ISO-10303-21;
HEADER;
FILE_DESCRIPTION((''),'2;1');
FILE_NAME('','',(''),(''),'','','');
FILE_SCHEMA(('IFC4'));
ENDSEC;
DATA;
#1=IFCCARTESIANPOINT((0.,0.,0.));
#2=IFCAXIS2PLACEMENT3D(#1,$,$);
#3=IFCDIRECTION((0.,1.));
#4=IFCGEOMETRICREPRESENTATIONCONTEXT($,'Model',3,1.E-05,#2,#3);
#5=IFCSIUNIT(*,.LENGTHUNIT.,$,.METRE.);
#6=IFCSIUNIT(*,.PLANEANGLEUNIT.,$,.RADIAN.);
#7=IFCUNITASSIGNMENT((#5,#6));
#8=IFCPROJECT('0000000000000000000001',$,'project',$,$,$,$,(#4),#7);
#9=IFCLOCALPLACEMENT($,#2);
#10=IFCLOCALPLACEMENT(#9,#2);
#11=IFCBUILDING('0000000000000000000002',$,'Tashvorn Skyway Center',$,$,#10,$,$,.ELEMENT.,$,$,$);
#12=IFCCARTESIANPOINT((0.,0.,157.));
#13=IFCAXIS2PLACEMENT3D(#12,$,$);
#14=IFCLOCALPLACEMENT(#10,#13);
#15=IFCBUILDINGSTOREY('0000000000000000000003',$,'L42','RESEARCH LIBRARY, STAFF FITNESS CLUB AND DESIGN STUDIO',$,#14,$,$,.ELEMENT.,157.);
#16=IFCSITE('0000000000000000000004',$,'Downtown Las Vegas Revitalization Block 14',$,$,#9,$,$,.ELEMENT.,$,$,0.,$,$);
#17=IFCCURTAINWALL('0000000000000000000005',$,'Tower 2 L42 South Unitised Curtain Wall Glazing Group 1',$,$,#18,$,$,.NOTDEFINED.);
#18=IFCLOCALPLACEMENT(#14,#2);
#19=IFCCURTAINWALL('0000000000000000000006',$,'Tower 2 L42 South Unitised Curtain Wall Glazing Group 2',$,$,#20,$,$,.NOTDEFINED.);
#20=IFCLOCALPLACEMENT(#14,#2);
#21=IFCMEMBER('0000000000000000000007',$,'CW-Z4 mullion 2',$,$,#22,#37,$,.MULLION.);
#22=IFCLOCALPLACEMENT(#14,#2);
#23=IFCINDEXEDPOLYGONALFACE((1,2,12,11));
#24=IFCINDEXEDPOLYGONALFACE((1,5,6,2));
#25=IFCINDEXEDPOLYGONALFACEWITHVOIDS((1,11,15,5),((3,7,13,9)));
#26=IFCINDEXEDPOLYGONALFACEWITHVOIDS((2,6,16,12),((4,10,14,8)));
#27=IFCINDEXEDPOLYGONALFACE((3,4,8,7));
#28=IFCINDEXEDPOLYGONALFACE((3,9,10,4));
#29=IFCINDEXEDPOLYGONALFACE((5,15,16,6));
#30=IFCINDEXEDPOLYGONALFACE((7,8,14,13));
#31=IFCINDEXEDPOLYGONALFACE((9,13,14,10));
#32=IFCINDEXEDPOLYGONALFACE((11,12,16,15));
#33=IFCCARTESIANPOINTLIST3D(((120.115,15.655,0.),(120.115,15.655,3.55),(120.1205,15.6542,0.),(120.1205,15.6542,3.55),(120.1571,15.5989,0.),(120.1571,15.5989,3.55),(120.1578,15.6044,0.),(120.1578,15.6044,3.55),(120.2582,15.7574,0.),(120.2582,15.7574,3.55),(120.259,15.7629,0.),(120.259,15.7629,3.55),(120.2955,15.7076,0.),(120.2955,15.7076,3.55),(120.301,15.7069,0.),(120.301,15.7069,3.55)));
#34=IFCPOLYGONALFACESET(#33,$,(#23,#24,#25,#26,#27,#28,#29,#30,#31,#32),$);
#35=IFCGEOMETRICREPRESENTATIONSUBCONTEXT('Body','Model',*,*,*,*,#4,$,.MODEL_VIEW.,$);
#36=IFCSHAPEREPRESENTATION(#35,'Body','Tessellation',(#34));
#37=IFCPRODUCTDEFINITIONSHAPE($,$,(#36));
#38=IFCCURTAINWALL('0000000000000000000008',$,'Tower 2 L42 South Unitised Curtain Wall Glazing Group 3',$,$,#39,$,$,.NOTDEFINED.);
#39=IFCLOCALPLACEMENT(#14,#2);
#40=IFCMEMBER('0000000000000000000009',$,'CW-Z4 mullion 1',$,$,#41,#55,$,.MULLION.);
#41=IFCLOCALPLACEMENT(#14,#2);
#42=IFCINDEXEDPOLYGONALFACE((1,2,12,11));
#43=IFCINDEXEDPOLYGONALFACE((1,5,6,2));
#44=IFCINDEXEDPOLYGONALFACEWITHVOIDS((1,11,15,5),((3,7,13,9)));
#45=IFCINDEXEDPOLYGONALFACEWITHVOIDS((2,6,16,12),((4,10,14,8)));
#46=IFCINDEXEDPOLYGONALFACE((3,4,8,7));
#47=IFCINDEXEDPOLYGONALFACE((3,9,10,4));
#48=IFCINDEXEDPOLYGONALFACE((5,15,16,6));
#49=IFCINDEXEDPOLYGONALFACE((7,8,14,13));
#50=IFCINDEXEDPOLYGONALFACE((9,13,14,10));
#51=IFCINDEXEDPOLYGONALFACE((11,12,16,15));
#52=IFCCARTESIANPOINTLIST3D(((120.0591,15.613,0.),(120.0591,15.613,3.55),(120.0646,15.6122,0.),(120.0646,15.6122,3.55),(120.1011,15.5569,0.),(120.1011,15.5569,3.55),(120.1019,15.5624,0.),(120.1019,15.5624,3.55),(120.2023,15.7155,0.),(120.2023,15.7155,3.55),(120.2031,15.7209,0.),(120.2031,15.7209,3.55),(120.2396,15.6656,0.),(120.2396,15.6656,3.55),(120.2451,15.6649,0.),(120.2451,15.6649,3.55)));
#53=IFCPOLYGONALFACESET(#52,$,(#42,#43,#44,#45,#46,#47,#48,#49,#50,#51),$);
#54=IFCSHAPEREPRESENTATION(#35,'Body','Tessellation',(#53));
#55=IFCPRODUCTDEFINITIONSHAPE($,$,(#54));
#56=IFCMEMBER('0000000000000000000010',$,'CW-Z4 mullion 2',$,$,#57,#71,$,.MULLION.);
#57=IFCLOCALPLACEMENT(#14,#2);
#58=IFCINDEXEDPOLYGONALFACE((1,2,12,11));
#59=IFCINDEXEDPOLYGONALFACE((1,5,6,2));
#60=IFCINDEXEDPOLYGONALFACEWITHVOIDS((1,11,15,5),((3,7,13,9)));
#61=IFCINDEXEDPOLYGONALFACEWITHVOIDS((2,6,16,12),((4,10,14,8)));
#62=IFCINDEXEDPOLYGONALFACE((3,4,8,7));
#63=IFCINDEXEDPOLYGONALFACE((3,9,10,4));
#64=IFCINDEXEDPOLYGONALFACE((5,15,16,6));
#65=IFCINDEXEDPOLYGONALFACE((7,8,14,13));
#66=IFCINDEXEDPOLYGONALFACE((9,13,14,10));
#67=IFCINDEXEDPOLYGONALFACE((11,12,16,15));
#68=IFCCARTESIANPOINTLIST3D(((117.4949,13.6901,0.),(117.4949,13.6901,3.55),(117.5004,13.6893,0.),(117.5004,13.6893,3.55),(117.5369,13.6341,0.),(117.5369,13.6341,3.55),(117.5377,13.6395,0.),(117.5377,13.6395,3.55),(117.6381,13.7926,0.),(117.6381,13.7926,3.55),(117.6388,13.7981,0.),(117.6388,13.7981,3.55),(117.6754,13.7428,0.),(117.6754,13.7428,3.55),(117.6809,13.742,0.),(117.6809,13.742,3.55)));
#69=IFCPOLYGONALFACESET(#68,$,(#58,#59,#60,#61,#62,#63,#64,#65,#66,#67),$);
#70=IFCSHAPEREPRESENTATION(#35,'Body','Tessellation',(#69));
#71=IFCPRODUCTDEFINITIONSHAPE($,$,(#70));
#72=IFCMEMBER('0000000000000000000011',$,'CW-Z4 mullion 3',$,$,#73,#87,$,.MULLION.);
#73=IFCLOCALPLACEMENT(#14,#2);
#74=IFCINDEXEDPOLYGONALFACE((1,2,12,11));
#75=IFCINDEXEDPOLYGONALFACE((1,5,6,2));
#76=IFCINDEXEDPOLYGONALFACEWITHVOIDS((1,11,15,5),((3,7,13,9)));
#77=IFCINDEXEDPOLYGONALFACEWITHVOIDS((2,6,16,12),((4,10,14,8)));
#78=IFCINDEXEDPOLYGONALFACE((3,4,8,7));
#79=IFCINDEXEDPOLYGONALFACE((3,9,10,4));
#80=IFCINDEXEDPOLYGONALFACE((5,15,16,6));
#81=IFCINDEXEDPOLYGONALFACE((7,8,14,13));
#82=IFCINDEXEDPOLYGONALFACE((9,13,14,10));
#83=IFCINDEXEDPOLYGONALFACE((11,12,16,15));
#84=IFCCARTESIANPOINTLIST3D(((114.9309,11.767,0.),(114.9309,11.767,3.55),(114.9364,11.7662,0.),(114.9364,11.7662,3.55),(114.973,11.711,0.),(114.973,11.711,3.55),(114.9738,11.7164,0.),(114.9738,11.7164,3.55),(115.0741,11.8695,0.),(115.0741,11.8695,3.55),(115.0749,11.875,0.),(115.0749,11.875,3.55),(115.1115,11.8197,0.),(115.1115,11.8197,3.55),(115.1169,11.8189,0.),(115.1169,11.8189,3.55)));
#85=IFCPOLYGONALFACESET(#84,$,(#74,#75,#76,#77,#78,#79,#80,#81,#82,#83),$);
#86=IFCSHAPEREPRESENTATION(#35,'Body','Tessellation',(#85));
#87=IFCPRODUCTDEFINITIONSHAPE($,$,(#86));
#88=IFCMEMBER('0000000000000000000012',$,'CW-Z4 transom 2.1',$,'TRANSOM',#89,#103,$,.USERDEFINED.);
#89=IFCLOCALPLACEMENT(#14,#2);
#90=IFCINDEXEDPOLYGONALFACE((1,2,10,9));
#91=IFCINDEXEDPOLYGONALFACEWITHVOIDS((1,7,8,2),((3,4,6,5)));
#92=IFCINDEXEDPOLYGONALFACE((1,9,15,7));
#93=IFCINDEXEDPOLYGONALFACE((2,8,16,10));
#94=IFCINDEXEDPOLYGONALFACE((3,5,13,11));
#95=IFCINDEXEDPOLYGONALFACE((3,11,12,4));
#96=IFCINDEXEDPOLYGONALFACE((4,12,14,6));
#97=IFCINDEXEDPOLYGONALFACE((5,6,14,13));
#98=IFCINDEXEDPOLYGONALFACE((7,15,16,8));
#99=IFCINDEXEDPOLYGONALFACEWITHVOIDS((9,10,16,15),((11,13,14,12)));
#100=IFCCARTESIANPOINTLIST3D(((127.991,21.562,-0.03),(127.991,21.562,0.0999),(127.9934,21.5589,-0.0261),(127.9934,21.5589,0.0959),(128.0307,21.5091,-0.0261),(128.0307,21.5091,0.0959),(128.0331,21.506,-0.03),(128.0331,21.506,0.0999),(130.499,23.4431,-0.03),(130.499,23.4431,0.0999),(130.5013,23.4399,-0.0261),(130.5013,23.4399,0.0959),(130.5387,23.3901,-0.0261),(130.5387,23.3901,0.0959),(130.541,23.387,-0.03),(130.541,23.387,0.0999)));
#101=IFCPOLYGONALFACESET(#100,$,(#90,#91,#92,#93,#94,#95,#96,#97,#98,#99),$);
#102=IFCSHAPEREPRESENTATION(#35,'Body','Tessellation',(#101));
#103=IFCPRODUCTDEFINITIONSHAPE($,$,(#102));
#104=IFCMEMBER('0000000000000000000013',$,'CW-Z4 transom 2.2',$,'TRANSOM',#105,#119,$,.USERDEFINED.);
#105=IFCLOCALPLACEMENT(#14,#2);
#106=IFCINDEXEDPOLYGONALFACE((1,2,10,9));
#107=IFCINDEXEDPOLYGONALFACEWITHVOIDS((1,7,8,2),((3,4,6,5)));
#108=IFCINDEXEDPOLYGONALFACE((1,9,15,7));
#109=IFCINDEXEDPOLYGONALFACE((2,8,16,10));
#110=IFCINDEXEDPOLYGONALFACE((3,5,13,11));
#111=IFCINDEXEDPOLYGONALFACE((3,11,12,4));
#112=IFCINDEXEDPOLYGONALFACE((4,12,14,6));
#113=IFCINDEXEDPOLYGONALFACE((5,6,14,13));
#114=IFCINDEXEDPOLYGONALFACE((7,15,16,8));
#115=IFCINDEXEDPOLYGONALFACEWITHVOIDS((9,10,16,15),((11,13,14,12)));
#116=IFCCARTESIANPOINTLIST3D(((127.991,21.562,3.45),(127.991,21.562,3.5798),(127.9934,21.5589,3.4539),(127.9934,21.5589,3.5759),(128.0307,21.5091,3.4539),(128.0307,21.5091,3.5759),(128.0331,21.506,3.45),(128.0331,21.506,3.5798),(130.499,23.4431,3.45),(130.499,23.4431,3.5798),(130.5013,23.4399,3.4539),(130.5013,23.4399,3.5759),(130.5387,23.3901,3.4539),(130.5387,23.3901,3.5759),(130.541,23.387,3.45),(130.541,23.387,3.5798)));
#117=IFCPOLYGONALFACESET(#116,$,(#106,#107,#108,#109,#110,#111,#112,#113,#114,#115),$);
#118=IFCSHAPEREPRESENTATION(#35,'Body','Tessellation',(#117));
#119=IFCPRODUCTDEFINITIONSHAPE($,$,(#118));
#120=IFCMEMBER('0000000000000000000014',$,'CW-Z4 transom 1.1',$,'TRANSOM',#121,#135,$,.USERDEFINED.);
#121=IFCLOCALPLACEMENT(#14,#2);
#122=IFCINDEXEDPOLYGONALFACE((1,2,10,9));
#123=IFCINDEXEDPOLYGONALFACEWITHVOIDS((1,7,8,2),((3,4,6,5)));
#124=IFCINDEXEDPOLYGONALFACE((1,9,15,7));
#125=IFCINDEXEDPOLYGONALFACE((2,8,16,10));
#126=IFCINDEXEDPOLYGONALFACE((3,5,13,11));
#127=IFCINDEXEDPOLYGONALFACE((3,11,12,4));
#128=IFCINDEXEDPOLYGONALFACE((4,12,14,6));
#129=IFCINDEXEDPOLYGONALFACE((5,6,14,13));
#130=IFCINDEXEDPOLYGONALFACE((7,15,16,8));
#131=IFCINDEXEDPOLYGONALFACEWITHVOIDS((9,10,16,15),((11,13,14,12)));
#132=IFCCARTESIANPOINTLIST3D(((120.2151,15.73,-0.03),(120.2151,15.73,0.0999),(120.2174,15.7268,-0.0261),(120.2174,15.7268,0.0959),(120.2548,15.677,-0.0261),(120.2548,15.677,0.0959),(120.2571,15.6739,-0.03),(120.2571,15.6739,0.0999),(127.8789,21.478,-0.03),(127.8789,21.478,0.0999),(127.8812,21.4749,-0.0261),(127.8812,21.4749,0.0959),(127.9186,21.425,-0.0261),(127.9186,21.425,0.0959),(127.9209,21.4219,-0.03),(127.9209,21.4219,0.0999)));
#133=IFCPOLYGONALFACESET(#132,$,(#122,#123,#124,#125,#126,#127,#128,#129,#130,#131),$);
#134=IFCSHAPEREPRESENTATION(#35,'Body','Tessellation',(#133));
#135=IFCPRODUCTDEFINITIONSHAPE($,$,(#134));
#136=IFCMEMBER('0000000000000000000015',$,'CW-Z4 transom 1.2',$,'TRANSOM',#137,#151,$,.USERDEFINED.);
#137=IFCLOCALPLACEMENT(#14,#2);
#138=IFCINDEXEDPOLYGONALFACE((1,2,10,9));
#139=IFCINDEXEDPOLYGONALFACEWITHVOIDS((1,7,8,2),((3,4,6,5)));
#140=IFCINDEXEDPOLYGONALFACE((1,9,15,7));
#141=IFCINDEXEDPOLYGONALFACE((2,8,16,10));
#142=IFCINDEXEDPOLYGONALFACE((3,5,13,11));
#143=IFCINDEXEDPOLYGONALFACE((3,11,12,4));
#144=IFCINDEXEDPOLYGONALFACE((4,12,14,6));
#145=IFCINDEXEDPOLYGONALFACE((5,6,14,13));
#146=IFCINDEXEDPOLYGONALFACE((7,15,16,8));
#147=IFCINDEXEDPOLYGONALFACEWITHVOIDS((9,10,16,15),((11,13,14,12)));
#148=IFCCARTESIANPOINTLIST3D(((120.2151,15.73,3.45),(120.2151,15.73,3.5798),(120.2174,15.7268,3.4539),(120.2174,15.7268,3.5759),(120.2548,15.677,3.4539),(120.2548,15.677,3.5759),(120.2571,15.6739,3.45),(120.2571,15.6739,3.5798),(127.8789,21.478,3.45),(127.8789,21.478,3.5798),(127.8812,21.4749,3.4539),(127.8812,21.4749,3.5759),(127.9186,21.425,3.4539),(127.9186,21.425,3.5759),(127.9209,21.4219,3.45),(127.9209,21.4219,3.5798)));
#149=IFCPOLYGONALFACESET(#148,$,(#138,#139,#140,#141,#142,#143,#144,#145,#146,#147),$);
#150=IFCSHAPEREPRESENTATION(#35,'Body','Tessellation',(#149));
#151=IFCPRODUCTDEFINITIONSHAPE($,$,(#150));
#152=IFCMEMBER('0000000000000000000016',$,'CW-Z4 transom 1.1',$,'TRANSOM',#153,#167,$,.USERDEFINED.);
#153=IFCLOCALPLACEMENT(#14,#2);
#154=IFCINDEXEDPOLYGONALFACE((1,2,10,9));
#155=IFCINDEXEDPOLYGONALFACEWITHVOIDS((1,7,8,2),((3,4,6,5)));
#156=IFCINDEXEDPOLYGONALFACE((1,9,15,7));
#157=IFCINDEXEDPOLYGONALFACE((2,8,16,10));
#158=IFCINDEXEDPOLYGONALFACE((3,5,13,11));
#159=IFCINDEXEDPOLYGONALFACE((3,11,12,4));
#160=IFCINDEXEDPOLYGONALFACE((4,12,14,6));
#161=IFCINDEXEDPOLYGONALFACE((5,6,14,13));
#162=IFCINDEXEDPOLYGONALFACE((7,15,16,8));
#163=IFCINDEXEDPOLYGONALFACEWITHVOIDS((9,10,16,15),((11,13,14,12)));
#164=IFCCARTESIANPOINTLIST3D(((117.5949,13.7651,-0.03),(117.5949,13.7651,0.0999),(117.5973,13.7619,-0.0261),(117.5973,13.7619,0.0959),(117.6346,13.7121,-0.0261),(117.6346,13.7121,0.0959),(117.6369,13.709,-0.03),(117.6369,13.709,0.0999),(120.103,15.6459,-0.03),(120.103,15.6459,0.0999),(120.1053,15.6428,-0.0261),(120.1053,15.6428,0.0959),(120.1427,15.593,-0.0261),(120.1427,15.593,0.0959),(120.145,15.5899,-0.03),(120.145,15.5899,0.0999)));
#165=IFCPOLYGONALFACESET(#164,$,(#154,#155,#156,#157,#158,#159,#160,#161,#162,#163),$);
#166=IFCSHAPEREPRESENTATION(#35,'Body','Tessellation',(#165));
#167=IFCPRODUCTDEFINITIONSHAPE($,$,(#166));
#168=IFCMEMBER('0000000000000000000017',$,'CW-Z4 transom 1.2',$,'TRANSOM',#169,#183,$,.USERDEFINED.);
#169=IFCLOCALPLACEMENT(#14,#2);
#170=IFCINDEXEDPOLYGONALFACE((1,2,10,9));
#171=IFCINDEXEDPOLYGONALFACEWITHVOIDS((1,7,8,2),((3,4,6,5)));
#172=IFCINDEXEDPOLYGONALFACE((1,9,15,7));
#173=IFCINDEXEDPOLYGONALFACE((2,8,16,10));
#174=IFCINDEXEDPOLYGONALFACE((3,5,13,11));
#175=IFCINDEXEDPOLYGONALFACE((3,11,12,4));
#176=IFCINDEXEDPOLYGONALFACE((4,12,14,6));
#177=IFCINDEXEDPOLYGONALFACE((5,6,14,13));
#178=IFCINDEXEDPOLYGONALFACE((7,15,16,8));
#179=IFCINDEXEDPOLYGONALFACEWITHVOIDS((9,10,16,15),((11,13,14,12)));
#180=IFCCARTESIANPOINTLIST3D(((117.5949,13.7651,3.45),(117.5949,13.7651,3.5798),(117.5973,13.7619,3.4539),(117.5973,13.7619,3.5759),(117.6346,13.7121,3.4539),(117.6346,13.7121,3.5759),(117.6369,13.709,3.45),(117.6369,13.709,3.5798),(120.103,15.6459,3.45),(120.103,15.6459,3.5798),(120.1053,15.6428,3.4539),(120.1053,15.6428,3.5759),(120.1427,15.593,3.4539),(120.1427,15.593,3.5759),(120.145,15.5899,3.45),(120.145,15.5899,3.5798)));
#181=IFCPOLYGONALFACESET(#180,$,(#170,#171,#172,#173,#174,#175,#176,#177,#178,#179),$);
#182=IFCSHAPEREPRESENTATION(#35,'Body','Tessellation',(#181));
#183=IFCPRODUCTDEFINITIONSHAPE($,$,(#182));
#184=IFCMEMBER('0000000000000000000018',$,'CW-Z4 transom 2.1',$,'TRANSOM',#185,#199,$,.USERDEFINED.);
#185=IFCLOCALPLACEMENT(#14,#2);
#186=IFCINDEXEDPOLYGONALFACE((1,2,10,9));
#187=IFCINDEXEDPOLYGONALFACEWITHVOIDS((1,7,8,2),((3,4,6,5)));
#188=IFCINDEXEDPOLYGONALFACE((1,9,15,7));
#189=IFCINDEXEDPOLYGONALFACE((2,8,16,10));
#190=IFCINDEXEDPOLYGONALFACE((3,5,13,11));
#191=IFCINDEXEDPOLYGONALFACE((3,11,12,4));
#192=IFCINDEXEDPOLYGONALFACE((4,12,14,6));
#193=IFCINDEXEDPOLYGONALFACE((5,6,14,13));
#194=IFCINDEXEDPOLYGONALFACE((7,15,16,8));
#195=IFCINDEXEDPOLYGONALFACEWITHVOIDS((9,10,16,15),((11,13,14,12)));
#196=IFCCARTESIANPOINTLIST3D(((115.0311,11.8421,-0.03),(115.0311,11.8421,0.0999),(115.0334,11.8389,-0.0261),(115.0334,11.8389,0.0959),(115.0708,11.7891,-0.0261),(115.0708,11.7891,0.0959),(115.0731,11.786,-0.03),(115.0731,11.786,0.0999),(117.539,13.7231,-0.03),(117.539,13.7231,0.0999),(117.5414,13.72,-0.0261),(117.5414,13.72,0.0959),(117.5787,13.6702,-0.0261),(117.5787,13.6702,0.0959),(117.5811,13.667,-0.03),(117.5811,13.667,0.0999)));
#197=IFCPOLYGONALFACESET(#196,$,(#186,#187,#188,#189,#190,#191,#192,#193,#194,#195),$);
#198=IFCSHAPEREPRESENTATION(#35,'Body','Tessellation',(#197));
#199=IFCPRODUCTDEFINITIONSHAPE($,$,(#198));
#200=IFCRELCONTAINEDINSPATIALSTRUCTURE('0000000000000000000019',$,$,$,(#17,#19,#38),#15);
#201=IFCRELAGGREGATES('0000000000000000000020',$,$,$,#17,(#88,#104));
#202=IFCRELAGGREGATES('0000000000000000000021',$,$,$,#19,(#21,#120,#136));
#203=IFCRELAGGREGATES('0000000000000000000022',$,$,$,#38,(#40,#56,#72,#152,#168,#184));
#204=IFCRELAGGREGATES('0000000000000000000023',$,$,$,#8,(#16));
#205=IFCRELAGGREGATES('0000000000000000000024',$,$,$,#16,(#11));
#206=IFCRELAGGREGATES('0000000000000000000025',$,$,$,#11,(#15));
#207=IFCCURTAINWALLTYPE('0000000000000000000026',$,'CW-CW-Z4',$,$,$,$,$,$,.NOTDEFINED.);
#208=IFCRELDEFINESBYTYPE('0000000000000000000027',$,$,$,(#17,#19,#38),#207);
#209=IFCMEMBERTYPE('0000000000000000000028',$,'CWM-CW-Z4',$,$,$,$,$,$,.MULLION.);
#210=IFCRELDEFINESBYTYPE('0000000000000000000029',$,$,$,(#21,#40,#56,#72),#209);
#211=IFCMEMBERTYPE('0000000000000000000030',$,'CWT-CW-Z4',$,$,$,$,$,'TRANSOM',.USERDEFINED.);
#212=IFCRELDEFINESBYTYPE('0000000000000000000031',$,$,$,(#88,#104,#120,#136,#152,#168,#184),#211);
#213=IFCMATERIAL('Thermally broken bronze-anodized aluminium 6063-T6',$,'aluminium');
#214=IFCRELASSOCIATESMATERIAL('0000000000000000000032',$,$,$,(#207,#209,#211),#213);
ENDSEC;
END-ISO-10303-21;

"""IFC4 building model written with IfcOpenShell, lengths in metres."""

from ifc_helpers import new_model, si_unit, direction, frame, origin, origin_2d, place, context, subcontext, project, spatial, hollow_rectangle, extrude, material, material_profile, profile_set, type_object, element, aggregate, save


model = new_model("IFC4")

# Units and contexts
model_context = context("Model", 3, precision=1e-05, world=origin(), true_north=direction((0.0, 1.0)))
body_context = subcontext(model_context, "Body", "Model", "MODEL_VIEW")
ifc_project = project(units=[si_unit("LENGTHUNIT", "METRE"), si_unit("PLANEANGLEUNIT", "RADIAN")], contexts=[model_context])

# Site, building, storey
site_placement = place(None, origin())
site = spatial("IfcSite", under=ifc_project, at=site_placement, Name="Downtown Las Vegas Revitalization Block 14", CompositionType="ELEMENT", RefElevation=0.0)
building_placement = place(site_placement, origin())
building = spatial("IfcBuilding", under=site, at=building_placement, Name="Tashvorn Skyway Center", CompositionType="ELEMENT")
storey_placement = place(building_placement, frame((0.0, 0.0, 157.0)))
storey = spatial("IfcBuildingStorey", under=building, at=storey_placement, Name="L42", Description="RESEARCH LIBRARY, STAFF FITNESS CLUB AND DESIGN STUDIO", CompositionType="ELEMENT", Elevation=157.0)

# Curtain walls, members
ifc_material_1 = material(Name="Thermally broken bronze-anodized aluminium 6063-T6", Category="aluminium")
curtain_wall_type = type_object("IfcCurtainWallType", Name="CW-CW-Z4", PredefinedType="NOTDEFINED", material=ifc_material_1)
curtain_wall_1_placement = place(storey_placement, origin())
curtain_wall_1 = element("IfcCurtainWall", 1, at=curtain_wall_1_placement, inside=storey, type_object=curtain_wall_type, Name="Tower 2 L42 South Unitised Curtain Wall Glazing Group 1", PredefinedType="NOTDEFINED")
ifc_material_profile_1 = material_profile(ifc_material_1, hollow_rectangle(XDim=0.0701, YDim=0.1799, WallThickness=0.0039, at=origin_2d()), Name="ALU-MULL-70x180")
ifc_profile_set_1 = profile_set([ifc_material_profile_1], Name="Thermally broken bronze-anodized aluminium 6063-T6")
member_type_1 = type_object("IfcMemberType", Name="CWM-CW-Z4", PredefinedType="MULLION", material=ifc_profile_set_1)
curtain_wall_2_placement = place(storey_placement, origin())
curtain_wall_2 = element("IfcCurtainWall", 2, at=curtain_wall_2_placement, inside=storey, type_object=curtain_wall_type, Name="Tower 2 L42 South Unitised Curtain Wall Glazing Group 2", PredefinedType="NOTDEFINED")
member_1_placement = place(storey_placement, frame((120.208, 15.6809, 0.0), z_axis=(0.0, 0.0, 1.0), x_axis=(0.6, -0.8, 0.0)))
member_1 = element("IfcMember", 3, at=member_1_placement, type_object=member_type_1, Name="CW-Z4 mullion 2", PredefinedType="MULLION", context=body_context, shape_type="SweptSolid", body=[
    extrude(hollow_rectangle(XDim=0.0701, YDim=0.1799, WallThickness=0.0039, at=origin_2d()), origin(), (0.0, 0.0, 1.0), 3.55),
])
curtain_wall_3_placement = place(storey_placement, origin())
curtain_wall_3 = element("IfcCurtainWall", 4, at=curtain_wall_3_placement, inside=storey, type_object=curtain_wall_type, Name="Tower 2 L42 South Unitised Curtain Wall Glazing Group 3", PredefinedType="NOTDEFINED")
member_2_placement = place(storey_placement, frame((120.1521, 15.6389, 0.0), z_axis=(0.0, 0.0, 1.0), x_axis=(0.6, -0.8, 0.0)))
member_2 = element("IfcMember", 5, at=member_2_placement, type_object=member_type_1, Name="CW-Z4 mullion 1", PredefinedType="MULLION", context=body_context, shape_type="SweptSolid", body=[
    extrude(hollow_rectangle(XDim=0.0701, YDim=0.1799, WallThickness=0.0039, at=origin_2d()), origin(), (0.0, 0.0, 1.0), 3.55),
])
member_3_placement = place(storey_placement, frame((117.5879, 13.7161, 0.0), z_axis=(0.0, 0.0, 1.0), x_axis=(0.6, -0.8, 0.0)))
member_3 = element("IfcMember", 6, at=member_3_placement, type_object=member_type_1, Name="CW-Z4 mullion 2", PredefinedType="MULLION", context=body_context, shape_type="SweptSolid", body=[
    extrude(hollow_rectangle(XDim=0.0701, YDim=0.1799, WallThickness=0.0039, at=origin_2d()), origin(), (0.0, 0.0, 1.0), 3.55),
])
member_4_placement = place(storey_placement, frame((115.0239, 11.793, 0.0), z_axis=(0.0, 0.0, 1.0), x_axis=(0.6, -0.8, 0.0)))
member_4 = element("IfcMember", 7, at=member_4_placement, type_object=member_type_1, Name="CW-Z4 mullion 3", PredefinedType="MULLION", context=body_context, shape_type="SweptSolid", body=[
    extrude(hollow_rectangle(XDim=0.0701, YDim=0.1799, WallThickness=0.0039, at=origin_2d()), origin(), (0.0, 0.0, 1.0), 3.55),
])

# Members
ifc_material_profile_2 = material_profile(ifc_material_1, hollow_rectangle(XDim=0.0701, YDim=0.1299, WallThickness=0.0039, at=origin_2d()), Name="ALU-TRAN-70x130")
ifc_profile_set_2 = profile_set([ifc_material_profile_2], Name="Thermally broken bronze-anodized aluminium 6063-T6")
member_type_2 = type_object("IfcMemberType", Name="CWT-CW-Z4", ElementType="TRANSOM", PredefinedType="USERDEFINED", material=ifc_profile_set_2)
member_5_placement = place(storey_placement, frame((130.52, 23.415, 0.0349), z_axis=(-0.799991, -0.600012, 0.0), x_axis=(0.600012, -0.799991, 0.0)))
member_5 = element("IfcMember", 8, at=member_5_placement, type_object=member_type_2, Name="CW-Z4 transom 2.1", ObjectType="TRANSOM", PredefinedType="USERDEFINED", context=body_context, shape_type="SweptSolid", body=[
    extrude(hollow_rectangle(XDim=0.0701, YDim=0.1299, WallThickness=0.0039, at=origin_2d()), origin(), (0.0, 0.0, 1.0), 3.135),
])
member_6_placement = place(storey_placement, frame((130.52, 23.415, 3.5149), z_axis=(-0.799991, -0.600012, 0.0), x_axis=(0.600012, -0.799991, 0.0)))
member_6 = element("IfcMember", 9, at=member_6_placement, type_object=member_type_2, Name="CW-Z4 transom 2.2", ObjectType="TRANSOM", PredefinedType="USERDEFINED", context=body_context, shape_type="SweptSolid", body=[
    extrude(hollow_rectangle(XDim=0.0701, YDim=0.1299, WallThickness=0.0039, at=origin_2d()), origin(), (0.0, 0.0, 1.0), 3.135),
])
member_7_placement = place(storey_placement, frame((127.8999, 21.45, 0.0349), z_axis=(-0.799991, -0.600012, 0.0), x_axis=(0.600012, -0.799991, 0.0)))
member_7 = element("IfcMember", 10, at=member_7_placement, type_object=member_type_2, Name="CW-Z4 transom 1.1", ObjectType="TRANSOM", PredefinedType="USERDEFINED", context=body_context, shape_type="SweptSolid", body=[
    extrude(hollow_rectangle(XDim=0.0701, YDim=0.1299, WallThickness=0.0039, at=origin_2d()), origin(), (0.0, 0.0, 1.0), 9.5798),
])
member_8_placement = place(storey_placement, frame((127.8999, 21.45, 3.5149), z_axis=(-0.799991, -0.600012, 0.0), x_axis=(0.600012, -0.799991, 0.0)))
member_8 = element("IfcMember", 11, at=member_8_placement, type_object=member_type_2, Name="CW-Z4 transom 1.2", ObjectType="TRANSOM", PredefinedType="USERDEFINED", context=body_context, shape_type="SweptSolid", body=[
    extrude(hollow_rectangle(XDim=0.0701, YDim=0.1299, WallThickness=0.0039, at=origin_2d()), origin(), (0.0, 0.0, 1.0), 9.5798),
])
member_9_placement = place(storey_placement, frame((120.124, 15.6179, 0.0349), z_axis=(-0.800028, -0.599963, 0.0), x_axis=(0.599963, -0.800028, 0.0)))
member_9 = element("IfcMember", 12, at=member_9_placement, type_object=member_type_2, Name="CW-Z4 transom 1.1", ObjectType="TRANSOM", PredefinedType="USERDEFINED", context=body_context, shape_type="SweptSolid", body=[
    extrude(hollow_rectangle(XDim=0.0701, YDim=0.1299, WallThickness=0.0039, at=origin_2d()), origin(), (0.0, 0.0, 1.0), 3.135),
])
member_10_placement = place(storey_placement, frame((120.124, 15.6179, 3.5149), z_axis=(-0.800028, -0.599963, 0.0), x_axis=(0.599963, -0.800028, 0.0)))
member_10 = element("IfcMember", 13, at=member_10_placement, type_object=member_type_2, Name="CW-Z4 transom 1.2", ObjectType="TRANSOM", PredefinedType="USERDEFINED", context=body_context, shape_type="SweptSolid", body=[
    extrude(hollow_rectangle(XDim=0.0701, YDim=0.1299, WallThickness=0.0039, at=origin_2d()), origin(), (0.0, 0.0, 1.0), 3.135),
])
member_11_placement = place(storey_placement, frame((117.5601, 13.6951, 0.0349), z_axis=(-0.799991, -0.600012, 0.0), x_axis=(0.600012, -0.799991, 0.0)))
member_11 = element("IfcMember", 14, at=member_11_placement, type_object=member_type_2, Name="CW-Z4 transom 2.1", ObjectType="TRANSOM", PredefinedType="USERDEFINED", context=body_context, shape_type="SweptSolid", body=[
    extrude(hollow_rectangle(XDim=0.0701, YDim=0.1299, WallThickness=0.0039, at=origin_2d()), origin(), (0.0, 0.0, 1.0), 3.135),
])

aggregate(curtain_wall_1, [member_5, member_6])
aggregate(curtain_wall_2, [member_1, member_7, member_8])
aggregate(curtain_wall_3, [member_2, member_3, member_4, member_9, member_10, member_11])

save(model, "model.ifc")
